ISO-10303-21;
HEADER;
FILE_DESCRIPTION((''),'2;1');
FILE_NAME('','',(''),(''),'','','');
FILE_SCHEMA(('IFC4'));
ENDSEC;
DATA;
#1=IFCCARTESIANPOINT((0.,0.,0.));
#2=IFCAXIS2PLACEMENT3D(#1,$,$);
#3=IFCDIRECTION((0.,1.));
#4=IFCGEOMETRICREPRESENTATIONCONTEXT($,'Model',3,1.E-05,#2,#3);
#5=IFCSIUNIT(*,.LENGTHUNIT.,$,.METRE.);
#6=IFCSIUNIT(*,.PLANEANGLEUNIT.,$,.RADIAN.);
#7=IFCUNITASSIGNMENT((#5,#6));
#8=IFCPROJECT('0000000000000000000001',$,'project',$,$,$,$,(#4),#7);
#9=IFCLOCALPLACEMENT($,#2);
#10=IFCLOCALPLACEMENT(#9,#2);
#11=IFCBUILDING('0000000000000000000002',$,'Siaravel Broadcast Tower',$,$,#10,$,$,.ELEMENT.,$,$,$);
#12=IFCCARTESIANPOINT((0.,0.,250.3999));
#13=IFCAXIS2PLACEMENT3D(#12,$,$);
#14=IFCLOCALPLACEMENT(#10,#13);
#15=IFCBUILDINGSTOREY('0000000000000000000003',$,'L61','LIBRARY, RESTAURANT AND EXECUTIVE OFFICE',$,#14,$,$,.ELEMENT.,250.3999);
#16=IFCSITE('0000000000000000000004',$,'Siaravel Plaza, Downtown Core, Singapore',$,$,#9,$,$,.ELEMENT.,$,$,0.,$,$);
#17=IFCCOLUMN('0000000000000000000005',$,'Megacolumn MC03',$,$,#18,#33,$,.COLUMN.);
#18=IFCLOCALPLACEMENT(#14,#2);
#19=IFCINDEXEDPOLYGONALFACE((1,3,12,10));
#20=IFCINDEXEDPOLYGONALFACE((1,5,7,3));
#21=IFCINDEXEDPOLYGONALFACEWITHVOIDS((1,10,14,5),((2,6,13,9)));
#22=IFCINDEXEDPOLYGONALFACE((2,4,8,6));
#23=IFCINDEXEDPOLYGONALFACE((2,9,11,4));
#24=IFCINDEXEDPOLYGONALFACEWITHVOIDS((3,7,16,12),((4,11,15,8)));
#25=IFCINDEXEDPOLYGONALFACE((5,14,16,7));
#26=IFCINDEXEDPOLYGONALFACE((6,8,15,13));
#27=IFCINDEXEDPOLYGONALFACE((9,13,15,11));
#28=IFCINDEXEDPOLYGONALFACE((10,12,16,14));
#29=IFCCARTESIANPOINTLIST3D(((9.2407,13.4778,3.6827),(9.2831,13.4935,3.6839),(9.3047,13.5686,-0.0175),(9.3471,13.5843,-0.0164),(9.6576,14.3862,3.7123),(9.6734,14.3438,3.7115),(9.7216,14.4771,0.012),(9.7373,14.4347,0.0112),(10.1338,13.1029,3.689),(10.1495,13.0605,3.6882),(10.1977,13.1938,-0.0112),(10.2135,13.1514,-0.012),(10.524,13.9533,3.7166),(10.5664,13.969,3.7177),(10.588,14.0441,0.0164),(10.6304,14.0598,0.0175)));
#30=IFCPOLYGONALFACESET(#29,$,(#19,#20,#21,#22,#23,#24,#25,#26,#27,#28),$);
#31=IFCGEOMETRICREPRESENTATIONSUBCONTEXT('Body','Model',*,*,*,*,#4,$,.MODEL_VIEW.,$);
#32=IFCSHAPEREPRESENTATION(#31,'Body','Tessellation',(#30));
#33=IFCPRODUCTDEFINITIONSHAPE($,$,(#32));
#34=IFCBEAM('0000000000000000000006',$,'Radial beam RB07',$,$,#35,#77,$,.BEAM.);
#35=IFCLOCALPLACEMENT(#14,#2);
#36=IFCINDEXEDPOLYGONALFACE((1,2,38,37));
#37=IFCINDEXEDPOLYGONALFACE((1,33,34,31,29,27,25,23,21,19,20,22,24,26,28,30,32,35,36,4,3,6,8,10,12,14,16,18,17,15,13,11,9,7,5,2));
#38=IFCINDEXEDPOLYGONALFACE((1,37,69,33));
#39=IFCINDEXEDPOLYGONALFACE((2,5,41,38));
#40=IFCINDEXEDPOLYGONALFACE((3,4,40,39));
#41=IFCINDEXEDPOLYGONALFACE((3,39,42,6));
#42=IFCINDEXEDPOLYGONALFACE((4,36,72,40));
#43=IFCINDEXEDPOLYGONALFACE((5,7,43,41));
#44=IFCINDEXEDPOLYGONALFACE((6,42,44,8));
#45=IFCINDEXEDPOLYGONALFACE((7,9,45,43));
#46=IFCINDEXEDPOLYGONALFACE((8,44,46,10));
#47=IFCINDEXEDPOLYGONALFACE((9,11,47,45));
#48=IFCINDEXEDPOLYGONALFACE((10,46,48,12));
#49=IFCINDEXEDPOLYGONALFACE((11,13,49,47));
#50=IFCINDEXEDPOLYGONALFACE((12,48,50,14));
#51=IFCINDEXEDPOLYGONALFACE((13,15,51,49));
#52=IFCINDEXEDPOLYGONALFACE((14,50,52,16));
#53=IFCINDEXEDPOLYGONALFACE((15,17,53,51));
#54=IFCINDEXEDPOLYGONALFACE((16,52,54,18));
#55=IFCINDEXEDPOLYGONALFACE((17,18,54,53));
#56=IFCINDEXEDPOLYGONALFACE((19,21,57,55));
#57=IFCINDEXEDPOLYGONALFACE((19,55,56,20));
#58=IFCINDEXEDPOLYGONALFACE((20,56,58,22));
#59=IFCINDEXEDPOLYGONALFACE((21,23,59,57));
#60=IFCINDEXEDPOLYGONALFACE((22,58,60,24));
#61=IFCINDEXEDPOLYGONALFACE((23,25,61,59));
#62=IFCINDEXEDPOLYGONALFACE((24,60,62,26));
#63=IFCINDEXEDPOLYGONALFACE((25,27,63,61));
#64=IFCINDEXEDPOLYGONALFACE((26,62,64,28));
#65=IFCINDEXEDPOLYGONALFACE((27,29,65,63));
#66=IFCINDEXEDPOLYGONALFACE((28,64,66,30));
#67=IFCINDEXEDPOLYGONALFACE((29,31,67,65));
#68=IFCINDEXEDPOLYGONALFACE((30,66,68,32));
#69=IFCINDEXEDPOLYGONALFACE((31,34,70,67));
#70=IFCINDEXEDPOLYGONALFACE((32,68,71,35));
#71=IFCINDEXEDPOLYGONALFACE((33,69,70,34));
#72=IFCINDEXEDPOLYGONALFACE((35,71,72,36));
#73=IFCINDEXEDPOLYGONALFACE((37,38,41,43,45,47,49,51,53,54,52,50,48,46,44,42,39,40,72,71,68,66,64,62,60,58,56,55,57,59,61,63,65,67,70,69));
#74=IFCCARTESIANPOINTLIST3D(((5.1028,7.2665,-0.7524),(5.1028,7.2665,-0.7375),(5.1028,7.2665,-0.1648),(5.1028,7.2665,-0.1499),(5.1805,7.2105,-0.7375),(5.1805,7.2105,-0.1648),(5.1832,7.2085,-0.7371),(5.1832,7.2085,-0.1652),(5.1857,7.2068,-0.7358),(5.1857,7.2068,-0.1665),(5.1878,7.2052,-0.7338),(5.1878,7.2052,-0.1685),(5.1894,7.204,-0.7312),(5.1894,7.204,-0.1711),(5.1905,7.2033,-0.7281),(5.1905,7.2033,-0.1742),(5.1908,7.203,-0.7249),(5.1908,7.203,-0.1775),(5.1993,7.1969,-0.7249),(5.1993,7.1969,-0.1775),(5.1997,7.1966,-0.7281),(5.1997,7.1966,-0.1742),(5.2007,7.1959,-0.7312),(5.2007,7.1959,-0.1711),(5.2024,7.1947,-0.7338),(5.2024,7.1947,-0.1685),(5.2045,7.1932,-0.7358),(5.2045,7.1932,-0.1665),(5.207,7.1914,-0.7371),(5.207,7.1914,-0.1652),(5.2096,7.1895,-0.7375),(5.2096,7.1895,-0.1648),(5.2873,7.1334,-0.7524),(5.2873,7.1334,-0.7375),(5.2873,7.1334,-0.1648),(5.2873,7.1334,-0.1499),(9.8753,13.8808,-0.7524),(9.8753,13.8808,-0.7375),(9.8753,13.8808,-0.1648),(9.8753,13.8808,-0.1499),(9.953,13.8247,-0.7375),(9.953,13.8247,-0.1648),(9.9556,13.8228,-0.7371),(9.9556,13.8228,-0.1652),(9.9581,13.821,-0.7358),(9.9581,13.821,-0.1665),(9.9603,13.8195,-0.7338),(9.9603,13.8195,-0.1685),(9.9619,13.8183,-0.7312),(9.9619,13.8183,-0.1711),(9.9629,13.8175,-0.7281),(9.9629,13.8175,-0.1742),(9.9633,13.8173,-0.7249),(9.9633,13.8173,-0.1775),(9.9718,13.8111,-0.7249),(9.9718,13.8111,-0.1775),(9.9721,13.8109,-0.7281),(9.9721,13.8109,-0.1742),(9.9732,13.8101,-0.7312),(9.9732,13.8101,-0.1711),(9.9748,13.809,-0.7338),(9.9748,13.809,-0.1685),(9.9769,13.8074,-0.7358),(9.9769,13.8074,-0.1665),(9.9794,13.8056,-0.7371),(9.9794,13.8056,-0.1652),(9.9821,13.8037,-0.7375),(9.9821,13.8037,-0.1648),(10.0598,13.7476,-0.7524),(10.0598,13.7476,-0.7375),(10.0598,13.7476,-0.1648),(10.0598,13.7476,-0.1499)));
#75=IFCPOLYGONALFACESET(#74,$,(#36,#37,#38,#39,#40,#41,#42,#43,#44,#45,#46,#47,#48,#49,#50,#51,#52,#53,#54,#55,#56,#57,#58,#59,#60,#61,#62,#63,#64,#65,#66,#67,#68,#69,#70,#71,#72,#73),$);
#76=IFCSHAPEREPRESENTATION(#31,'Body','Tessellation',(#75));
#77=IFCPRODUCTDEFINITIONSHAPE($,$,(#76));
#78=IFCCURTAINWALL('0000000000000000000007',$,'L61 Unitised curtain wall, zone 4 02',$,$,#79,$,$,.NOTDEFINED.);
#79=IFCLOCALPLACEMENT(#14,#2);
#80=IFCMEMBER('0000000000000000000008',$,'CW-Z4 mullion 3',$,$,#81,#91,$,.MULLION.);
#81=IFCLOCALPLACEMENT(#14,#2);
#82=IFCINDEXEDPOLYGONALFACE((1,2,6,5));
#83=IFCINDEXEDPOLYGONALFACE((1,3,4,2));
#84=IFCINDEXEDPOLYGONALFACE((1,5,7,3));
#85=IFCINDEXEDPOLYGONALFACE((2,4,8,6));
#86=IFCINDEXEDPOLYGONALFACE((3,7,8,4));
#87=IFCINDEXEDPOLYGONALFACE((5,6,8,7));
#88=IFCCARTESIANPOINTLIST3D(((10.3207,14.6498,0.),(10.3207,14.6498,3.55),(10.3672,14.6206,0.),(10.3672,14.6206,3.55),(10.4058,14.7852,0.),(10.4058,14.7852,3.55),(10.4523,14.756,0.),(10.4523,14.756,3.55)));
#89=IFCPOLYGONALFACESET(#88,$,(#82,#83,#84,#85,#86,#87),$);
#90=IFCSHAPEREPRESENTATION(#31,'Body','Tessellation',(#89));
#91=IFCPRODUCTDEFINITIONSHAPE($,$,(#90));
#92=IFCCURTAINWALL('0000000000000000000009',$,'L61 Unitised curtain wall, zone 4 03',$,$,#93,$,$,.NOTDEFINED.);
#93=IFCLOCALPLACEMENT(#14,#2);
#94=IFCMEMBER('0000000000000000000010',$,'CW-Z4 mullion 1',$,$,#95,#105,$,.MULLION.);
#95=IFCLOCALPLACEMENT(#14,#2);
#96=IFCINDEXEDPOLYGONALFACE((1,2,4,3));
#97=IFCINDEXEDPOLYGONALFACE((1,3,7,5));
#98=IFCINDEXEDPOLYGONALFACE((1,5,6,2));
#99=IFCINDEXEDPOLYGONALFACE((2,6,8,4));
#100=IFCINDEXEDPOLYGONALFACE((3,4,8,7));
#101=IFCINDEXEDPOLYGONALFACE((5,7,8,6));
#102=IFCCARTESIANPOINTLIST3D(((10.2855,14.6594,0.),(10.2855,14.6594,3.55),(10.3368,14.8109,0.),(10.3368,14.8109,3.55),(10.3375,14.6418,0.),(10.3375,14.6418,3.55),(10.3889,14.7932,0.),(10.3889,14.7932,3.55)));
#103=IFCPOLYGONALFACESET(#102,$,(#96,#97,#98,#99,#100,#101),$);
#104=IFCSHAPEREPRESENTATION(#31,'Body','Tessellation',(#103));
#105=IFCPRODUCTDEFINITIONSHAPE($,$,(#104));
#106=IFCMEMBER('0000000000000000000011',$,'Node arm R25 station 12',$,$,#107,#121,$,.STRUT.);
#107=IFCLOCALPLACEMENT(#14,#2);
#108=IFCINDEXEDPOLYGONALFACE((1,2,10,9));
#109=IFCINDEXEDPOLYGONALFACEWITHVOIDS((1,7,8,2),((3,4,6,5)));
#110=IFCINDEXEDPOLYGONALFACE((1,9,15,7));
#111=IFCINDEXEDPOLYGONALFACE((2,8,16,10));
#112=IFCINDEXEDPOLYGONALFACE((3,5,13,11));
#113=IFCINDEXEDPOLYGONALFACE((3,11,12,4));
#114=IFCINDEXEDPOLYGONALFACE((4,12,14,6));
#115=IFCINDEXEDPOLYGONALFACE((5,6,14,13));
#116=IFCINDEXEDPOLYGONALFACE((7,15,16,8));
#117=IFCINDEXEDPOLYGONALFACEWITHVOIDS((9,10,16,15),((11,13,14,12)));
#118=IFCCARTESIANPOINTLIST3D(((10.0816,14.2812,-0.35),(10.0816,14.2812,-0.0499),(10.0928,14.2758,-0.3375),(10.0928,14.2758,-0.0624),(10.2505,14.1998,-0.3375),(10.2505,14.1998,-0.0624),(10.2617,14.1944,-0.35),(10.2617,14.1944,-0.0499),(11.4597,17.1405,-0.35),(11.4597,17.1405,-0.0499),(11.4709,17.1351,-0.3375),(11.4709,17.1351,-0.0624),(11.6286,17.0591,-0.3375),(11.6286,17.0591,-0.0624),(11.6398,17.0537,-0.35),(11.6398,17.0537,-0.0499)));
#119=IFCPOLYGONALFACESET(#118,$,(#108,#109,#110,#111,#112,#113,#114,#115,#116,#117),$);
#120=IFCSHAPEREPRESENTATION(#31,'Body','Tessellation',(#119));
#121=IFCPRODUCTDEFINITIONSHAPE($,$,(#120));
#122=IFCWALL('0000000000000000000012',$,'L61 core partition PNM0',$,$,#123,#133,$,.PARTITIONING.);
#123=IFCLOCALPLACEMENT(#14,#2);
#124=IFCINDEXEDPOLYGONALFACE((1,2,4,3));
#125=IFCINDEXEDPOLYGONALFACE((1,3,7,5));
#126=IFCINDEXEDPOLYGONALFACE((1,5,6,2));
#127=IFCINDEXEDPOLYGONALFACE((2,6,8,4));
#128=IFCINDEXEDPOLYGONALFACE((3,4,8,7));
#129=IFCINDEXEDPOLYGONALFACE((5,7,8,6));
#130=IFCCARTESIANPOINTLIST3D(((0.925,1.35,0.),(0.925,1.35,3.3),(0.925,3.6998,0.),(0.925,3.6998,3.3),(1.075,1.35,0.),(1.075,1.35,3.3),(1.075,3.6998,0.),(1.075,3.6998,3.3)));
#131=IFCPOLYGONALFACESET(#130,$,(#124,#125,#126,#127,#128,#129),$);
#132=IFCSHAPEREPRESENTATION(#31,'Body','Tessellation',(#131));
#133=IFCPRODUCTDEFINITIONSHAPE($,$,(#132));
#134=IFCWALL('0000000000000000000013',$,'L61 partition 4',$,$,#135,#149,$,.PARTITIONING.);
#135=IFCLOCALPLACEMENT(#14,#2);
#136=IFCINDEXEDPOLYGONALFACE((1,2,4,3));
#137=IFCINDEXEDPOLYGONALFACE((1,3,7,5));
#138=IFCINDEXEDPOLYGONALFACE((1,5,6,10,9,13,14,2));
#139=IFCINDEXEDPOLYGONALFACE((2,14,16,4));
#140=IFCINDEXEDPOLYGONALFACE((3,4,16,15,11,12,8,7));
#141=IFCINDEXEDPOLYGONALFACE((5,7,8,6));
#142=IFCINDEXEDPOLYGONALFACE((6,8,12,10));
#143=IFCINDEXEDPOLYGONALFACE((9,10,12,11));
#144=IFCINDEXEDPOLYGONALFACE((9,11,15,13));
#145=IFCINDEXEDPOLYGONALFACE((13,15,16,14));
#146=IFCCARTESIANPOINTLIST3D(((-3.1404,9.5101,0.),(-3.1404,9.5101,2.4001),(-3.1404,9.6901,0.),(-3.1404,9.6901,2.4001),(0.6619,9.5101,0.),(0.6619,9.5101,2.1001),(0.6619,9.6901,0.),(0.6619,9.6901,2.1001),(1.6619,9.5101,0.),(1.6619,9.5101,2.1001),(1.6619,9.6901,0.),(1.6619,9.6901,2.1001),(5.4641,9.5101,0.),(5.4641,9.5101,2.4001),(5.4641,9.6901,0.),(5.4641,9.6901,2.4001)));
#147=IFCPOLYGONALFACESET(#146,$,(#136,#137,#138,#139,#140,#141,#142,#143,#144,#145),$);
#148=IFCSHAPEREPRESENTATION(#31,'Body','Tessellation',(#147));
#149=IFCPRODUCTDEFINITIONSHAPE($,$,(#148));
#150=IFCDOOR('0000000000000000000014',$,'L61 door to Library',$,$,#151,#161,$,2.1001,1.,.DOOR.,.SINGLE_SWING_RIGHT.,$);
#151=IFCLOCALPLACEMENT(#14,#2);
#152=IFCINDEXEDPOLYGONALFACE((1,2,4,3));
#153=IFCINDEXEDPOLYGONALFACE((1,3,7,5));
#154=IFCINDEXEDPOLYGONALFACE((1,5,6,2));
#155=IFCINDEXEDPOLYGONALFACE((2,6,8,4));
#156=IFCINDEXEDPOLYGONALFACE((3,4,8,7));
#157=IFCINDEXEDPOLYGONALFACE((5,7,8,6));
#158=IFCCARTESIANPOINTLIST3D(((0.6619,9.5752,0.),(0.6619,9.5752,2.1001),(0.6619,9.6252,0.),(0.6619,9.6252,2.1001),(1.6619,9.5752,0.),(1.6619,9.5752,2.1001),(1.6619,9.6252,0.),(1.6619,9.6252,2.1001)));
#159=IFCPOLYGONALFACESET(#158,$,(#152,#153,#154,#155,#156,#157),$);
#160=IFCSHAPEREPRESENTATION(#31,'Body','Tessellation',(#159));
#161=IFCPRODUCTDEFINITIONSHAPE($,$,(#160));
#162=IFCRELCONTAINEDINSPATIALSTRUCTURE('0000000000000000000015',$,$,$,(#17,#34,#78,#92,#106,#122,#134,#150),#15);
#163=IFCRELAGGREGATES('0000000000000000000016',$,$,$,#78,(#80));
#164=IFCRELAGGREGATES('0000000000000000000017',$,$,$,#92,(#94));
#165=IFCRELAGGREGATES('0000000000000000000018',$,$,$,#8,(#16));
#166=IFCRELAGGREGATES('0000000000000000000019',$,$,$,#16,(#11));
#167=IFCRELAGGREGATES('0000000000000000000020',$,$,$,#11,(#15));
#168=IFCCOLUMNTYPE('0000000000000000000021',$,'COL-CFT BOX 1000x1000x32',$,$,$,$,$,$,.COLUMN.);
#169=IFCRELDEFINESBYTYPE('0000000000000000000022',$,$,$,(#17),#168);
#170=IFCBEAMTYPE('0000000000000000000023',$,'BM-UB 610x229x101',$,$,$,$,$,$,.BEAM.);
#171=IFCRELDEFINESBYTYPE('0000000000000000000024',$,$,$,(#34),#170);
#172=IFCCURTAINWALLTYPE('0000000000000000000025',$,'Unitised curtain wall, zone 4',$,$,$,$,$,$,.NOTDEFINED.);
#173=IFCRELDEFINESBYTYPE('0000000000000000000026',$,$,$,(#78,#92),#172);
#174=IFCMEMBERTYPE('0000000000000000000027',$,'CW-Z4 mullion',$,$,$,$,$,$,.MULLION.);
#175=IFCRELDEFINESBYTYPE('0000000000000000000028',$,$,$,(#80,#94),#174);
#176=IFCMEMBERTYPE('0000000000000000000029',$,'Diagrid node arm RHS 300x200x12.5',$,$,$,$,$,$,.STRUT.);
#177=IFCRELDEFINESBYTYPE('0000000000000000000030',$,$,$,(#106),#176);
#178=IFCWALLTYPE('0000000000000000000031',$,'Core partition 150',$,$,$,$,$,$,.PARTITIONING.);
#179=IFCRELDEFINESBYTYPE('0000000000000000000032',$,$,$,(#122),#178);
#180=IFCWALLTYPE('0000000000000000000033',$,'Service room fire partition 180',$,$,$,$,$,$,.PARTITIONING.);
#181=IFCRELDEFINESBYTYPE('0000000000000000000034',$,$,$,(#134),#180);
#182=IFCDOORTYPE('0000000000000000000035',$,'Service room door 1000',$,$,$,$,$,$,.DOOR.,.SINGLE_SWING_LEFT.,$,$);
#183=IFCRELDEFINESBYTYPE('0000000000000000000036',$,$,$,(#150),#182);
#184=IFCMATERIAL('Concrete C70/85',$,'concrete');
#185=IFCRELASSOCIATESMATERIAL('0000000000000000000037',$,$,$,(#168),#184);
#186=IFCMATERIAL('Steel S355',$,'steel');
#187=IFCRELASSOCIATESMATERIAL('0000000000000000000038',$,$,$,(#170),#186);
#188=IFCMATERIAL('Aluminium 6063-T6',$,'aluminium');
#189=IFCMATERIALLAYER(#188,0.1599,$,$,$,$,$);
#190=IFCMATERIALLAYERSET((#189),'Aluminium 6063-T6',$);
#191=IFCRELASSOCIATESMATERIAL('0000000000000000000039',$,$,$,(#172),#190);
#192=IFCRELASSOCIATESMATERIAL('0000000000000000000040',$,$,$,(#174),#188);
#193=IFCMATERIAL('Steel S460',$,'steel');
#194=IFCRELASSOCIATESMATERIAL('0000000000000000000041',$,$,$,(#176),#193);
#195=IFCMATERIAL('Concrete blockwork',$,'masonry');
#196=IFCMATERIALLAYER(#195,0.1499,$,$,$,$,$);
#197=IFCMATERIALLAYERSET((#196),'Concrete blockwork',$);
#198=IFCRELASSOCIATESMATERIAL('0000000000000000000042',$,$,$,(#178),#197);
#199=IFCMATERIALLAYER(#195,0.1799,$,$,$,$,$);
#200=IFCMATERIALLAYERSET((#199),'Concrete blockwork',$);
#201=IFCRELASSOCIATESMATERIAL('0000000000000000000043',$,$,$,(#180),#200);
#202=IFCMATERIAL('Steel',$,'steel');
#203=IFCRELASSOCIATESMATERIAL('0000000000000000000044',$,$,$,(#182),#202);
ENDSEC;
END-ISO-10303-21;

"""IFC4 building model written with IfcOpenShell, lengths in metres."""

from ifc_helpers import new_model, si_unit, direction, frame, frame_2d, origin, origin_2d, place, context, subcontext, project, spatial, rectangle, hollow_rectangle, i_section, extrude, material, layer, layer_set, material_profile, profile_set, type_object, element, fill, aggregate, save


model = new_model("IFC4")

# Units and contexts
model_context = context("Model", 3, precision=1e-05, world=origin(), true_north=direction((0.0, 1.0)))
body_context = subcontext(model_context, "Body", "Model", "MODEL_VIEW")
ifc_project = project(units=[si_unit("LENGTHUNIT", "METRE"), si_unit("PLANEANGLEUNIT", "RADIAN")], contexts=[model_context])

# Site, building, storey
site_placement = place(None, origin())
site = spatial("IfcSite", under=ifc_project, at=site_placement, Name="Siaravel Plaza, Downtown Core, Singapore", CompositionType="ELEMENT", RefElevation=0.0)
building_placement = place(site_placement, origin())
building = spatial("IfcBuilding", under=site, at=building_placement, Name="Siaravel Broadcast Tower", CompositionType="ELEMENT")
storey_placement = place(building_placement, frame((0.0, 0.0, 250.3999)))
storey = spatial("IfcBuildingStorey", under=building, at=storey_placement, Name="L61", Description="LIBRARY, RESTAURANT AND EXECUTIVE OFFICE", CompositionType="ELEMENT", Elevation=250.3999)

# Column
ifc_material_1 = material(Name="Concrete C70/85", Category="concrete")
ifc_material_profile_1 = material_profile(ifc_material_1, hollow_rectangle(XDim=1.0, YDim=1.0, WallThickness=0.032, at=origin_2d()))
ifc_profile_set_1 = profile_set([ifc_material_profile_1], Name="Concrete C70/85")
column_type = type_object("IfcColumnType", Name="COL-CFT BOX 1000x1000x32", PredefinedType="COLUMN", material=ifc_profile_set_1)
column_placement = place(storey_placement, frame((9.9675, 13.8142, 0.0), z_axis=(-0.017279, -0.024534, 0.99955), x_axis=(0.908788, -0.417222, 0.00547)))
element("IfcColumn", 1, at=column_placement, inside=storey, type_object=column_type, Name="Megacolumn MC03", PredefinedType="COLUMN", context=body_context, shape_type="SweptSolid", body=[
    extrude(hollow_rectangle(XDim=1.0, YDim=1.0, WallThickness=0.032, at=origin_2d()), origin(), (0.0, 0.0, 1.0), 3.7019),
])

# Beam
ifc_material_2 = material(Name="Steel S355", Category="steel")
ifc_material_profile_2 = material_profile(ifc_material_2, i_section(OverallWidth=0.2275, OverallDepth=0.6025, WebThickness=0.0105, FlangeThickness=0.0149, FilletRadius=0.0127, at=origin_2d()))
ifc_profile_set_2 = profile_set([ifc_material_profile_2], Name="Steel S355")
beam_type = type_object("IfcBeamType", Name="BM-UB 610x229x101", PredefinedType="BEAM", material=ifc_profile_set_2)
beam_placement = place(storey_placement, frame((9.9675, 13.8142, -0.4512), z_axis=(-0.585128, -0.810941, 0.0), x_axis=(0.810941, -0.585128, 0.0)))
element("IfcBeam", 2, at=beam_placement, inside=storey, type_object=beam_type, Name="Radial beam RB07", PredefinedType="BEAM", context=body_context, shape_type="SweptSolid", body=[
    extrude(i_section(OverallWidth=0.2275, OverallDepth=0.6025, WebThickness=0.0105, FlangeThickness=0.0149, FilletRadius=0.0127, at=origin_2d()), origin(), (0.0, 0.0, 1.0), 8.1562),
])

# Curtain walls, members
ifc_material_3 = material(Name="Aluminium 6063-T6", Category="aluminium")
ifc_layer_1 = layer(ifc_material_3, 0.1599)
ifc_layer_set_1 = layer_set([ifc_layer_1], Name="Aluminium 6063-T6")
curtain_wall_type = type_object("IfcCurtainWallType", Name="Unitised curtain wall, zone 4", PredefinedType="NOTDEFINED", material=ifc_layer_set_1)
curtain_wall_1_placement = place(storey_placement, origin())
curtain_wall_1 = element("IfcCurtainWall", 3, at=curtain_wall_1_placement, inside=storey, type_object=curtain_wall_type, Name="L61 Unitised curtain wall, zone 4 02", PredefinedType="NOTDEFINED")
ifc_material_profile_3 = material_profile(ifc_material_3, rectangle(XDim=0.1599, YDim=0.0549, at=origin_2d()))
ifc_profile_set_3 = profile_set([ifc_material_profile_3], Name="Aluminium 6063-T6")
member_type_1 = type_object("IfcMemberType", Name="CW-Z4 mullion", PredefinedType="MULLION", material=ifc_profile_set_3)
member_1_placement = place(storey_placement, frame((10.3865, 14.7029, 0.0), z_axis=(0.0, 0.0, 1.0), x_axis=(-0.532151, -0.84665, 0.0)))
member_1 = element("IfcMember", 4, at=member_1_placement, type_object=member_type_1, Name="CW-Z4 mullion 3", PredefinedType="MULLION", context=body_context, shape_type="SweptSolid", body=[
    extrude(rectangle(XDim=0.1599, YDim=0.0549, at=origin_2d()), origin(), (0.0, 0.0, 1.0), 3.55),
])
aggregate(curtain_wall_1, [member_1])
curtain_wall_2_placement = place(storey_placement, origin())
curtain_wall_2 = element("IfcCurtainWall", 5, at=curtain_wall_2_placement, inside=storey, type_object=curtain_wall_type, Name="L61 Unitised curtain wall, zone 4 03", PredefinedType="NOTDEFINED")
member_2_placement = place(storey_placement, frame((10.3372, 14.7263, 0.0), z_axis=(0.0, 0.0, 1.0), x_axis=(-0.321302, -0.946977, 0.0)))
member_2 = element("IfcMember", 6, at=member_2_placement, type_object=member_type_1, Name="CW-Z4 mullion 1", PredefinedType="MULLION", context=body_context, shape_type="SweptSolid", body=[
    extrude(rectangle(XDim=0.1599, YDim=0.0549, at=origin_2d()), origin(), (0.0, 0.0, 1.0), 3.55),
])
aggregate(curtain_wall_2, [member_2])

# Member
ifc_material_4 = material(Name="Steel S460", Category="steel")
ifc_material_profile_4 = material_profile(ifc_material_4, hollow_rectangle(XDim=0.2, YDim=0.3, WallThickness=0.0125, at=origin_2d()))
ifc_profile_set_4 = profile_set([ifc_material_profile_4], Name="Steel S460")
member_type_2 = type_object("IfcMemberType", Name="Diagrid node arm RHS 300x200x12.5", PredefinedType="STRUT", material=ifc_profile_set_4)
member_3_placement = place(storey_placement, frame((10.1716, 14.2378, -0.2), z_axis=(0.434183, 0.900825, 0.0), x_axis=(-0.900825, 0.434183, 0.0)))
element("IfcMember", 7, at=member_3_placement, inside=storey, type_object=member_type_2, Name="Node arm R25 station 12", PredefinedType="STRUT", context=body_context, shape_type="SweptSolid", body=[
    extrude(hollow_rectangle(XDim=0.2, YDim=0.3, WallThickness=0.0125, at=origin_2d()), origin(), (0.0, 0.0, 1.0), 3.1741),
])

# Wall
ifc_material_5 = material(Name="Concrete blockwork", Category="masonry")
ifc_layer_2 = layer(ifc_material_5, 0.1499)
ifc_layer_set_2 = layer_set([ifc_layer_2], Name="Concrete blockwork")
wall_type_1 = type_object("IfcWallType", Name="Core partition 150", PredefinedType="PARTITIONING", material=ifc_layer_set_2)
wall_1_placement = place(storey_placement, frame((1.0, 1.3501, 0.0), z_axis=(0.0, 0.0, 1.0), x_axis=(0.0, 1.0, 0.0)))
element("IfcWall", 8, at=wall_1_placement, inside=storey, type_object=wall_type_1, Name="L61 core partition PNM0", PredefinedType="PARTITIONING", context=body_context, shape_type="SweptSolid", body=[
    extrude(rectangle(XDim=2.3499, YDim=0.1499, at=frame_2d((1.1748, 0.0))), origin(), (0.0, 0.0, 1.0), 3.3),
])

# Wall, opening, door
ifc_layer_3 = layer(ifc_material_5, 0.1799)
ifc_layer_set_3 = layer_set([ifc_layer_3], Name="Concrete blockwork")
wall_type_2 = type_object("IfcWallType", Name="Service room fire partition 180", PredefinedType="PARTITIONING", material=ifc_layer_set_3)
wall_2_placement = place(storey_placement, frame((5.4641, 9.6001, 0.0), z_axis=(0.0, 0.0, 1.0), x_axis=(-1.0, 0.0, 0.0)))
wall_2 = element("IfcWall", 9, at=wall_2_placement, inside=storey, type_object=wall_type_2, Name="L61 partition 4", PredefinedType="PARTITIONING", context=body_context, shape_type="SweptSolid", body=[
    extrude(rectangle(XDim=8.6045, YDim=0.1799, at=frame_2d((4.3022, 0.0))), origin(), (0.0, 0.0, 1.0), 2.4001),
])
opening_1_placement = place(wall_2_placement, frame((3.8022, 0.0, 0.0)))
opening_1 = element("IfcOpeningElement", 10, at=opening_1_placement, cuts=wall_2, PredefinedType="OPENING", context=body_context, shape_type="SweptSolid", body=[
    extrude(rectangle(XDim=1.0, YDim=2.1001, at=frame_2d((0.5, 1.05))), frame((0.0, 0.0999, 0.0), z_axis=(0.0, -1.0, 0.0), x_axis=(1.0, 0.0, 0.0)), (0.0, 0.0, 1.0), 0.2),
])
ifc_material_6 = material(Name="Steel", Category="steel")
door_type_1 = type_object("IfcDoorType", Name="Service room door 1000", OperationType="SINGLE_SWING_LEFT", PredefinedType="DOOR", material=ifc_material_6)
door_1_placement = place(opening_1_placement, origin())
door_1 = element("IfcDoor", 11, at=door_1_placement, inside=storey, type_object=door_type_1, Name="L61 door to Library", OperationType="SINGLE_SWING_RIGHT", OverallHeight=2.1001, OverallWidth=1.0, PredefinedType="DOOR", context=body_context, shape_type="SweptSolid", body=[
    extrude(rectangle(XDim=1.0, YDim=2.1001, at=frame_2d((0.5, 1.05))), frame((0.0, 0.0249, 0.0), z_axis=(0.0, -1.0, 0.0), x_axis=(1.0, 0.0, 0.0)), (0.0, 0.0, 1.0), 0.05),
])
fill(opening_1, door_1)

save(model, "model.ifc")
